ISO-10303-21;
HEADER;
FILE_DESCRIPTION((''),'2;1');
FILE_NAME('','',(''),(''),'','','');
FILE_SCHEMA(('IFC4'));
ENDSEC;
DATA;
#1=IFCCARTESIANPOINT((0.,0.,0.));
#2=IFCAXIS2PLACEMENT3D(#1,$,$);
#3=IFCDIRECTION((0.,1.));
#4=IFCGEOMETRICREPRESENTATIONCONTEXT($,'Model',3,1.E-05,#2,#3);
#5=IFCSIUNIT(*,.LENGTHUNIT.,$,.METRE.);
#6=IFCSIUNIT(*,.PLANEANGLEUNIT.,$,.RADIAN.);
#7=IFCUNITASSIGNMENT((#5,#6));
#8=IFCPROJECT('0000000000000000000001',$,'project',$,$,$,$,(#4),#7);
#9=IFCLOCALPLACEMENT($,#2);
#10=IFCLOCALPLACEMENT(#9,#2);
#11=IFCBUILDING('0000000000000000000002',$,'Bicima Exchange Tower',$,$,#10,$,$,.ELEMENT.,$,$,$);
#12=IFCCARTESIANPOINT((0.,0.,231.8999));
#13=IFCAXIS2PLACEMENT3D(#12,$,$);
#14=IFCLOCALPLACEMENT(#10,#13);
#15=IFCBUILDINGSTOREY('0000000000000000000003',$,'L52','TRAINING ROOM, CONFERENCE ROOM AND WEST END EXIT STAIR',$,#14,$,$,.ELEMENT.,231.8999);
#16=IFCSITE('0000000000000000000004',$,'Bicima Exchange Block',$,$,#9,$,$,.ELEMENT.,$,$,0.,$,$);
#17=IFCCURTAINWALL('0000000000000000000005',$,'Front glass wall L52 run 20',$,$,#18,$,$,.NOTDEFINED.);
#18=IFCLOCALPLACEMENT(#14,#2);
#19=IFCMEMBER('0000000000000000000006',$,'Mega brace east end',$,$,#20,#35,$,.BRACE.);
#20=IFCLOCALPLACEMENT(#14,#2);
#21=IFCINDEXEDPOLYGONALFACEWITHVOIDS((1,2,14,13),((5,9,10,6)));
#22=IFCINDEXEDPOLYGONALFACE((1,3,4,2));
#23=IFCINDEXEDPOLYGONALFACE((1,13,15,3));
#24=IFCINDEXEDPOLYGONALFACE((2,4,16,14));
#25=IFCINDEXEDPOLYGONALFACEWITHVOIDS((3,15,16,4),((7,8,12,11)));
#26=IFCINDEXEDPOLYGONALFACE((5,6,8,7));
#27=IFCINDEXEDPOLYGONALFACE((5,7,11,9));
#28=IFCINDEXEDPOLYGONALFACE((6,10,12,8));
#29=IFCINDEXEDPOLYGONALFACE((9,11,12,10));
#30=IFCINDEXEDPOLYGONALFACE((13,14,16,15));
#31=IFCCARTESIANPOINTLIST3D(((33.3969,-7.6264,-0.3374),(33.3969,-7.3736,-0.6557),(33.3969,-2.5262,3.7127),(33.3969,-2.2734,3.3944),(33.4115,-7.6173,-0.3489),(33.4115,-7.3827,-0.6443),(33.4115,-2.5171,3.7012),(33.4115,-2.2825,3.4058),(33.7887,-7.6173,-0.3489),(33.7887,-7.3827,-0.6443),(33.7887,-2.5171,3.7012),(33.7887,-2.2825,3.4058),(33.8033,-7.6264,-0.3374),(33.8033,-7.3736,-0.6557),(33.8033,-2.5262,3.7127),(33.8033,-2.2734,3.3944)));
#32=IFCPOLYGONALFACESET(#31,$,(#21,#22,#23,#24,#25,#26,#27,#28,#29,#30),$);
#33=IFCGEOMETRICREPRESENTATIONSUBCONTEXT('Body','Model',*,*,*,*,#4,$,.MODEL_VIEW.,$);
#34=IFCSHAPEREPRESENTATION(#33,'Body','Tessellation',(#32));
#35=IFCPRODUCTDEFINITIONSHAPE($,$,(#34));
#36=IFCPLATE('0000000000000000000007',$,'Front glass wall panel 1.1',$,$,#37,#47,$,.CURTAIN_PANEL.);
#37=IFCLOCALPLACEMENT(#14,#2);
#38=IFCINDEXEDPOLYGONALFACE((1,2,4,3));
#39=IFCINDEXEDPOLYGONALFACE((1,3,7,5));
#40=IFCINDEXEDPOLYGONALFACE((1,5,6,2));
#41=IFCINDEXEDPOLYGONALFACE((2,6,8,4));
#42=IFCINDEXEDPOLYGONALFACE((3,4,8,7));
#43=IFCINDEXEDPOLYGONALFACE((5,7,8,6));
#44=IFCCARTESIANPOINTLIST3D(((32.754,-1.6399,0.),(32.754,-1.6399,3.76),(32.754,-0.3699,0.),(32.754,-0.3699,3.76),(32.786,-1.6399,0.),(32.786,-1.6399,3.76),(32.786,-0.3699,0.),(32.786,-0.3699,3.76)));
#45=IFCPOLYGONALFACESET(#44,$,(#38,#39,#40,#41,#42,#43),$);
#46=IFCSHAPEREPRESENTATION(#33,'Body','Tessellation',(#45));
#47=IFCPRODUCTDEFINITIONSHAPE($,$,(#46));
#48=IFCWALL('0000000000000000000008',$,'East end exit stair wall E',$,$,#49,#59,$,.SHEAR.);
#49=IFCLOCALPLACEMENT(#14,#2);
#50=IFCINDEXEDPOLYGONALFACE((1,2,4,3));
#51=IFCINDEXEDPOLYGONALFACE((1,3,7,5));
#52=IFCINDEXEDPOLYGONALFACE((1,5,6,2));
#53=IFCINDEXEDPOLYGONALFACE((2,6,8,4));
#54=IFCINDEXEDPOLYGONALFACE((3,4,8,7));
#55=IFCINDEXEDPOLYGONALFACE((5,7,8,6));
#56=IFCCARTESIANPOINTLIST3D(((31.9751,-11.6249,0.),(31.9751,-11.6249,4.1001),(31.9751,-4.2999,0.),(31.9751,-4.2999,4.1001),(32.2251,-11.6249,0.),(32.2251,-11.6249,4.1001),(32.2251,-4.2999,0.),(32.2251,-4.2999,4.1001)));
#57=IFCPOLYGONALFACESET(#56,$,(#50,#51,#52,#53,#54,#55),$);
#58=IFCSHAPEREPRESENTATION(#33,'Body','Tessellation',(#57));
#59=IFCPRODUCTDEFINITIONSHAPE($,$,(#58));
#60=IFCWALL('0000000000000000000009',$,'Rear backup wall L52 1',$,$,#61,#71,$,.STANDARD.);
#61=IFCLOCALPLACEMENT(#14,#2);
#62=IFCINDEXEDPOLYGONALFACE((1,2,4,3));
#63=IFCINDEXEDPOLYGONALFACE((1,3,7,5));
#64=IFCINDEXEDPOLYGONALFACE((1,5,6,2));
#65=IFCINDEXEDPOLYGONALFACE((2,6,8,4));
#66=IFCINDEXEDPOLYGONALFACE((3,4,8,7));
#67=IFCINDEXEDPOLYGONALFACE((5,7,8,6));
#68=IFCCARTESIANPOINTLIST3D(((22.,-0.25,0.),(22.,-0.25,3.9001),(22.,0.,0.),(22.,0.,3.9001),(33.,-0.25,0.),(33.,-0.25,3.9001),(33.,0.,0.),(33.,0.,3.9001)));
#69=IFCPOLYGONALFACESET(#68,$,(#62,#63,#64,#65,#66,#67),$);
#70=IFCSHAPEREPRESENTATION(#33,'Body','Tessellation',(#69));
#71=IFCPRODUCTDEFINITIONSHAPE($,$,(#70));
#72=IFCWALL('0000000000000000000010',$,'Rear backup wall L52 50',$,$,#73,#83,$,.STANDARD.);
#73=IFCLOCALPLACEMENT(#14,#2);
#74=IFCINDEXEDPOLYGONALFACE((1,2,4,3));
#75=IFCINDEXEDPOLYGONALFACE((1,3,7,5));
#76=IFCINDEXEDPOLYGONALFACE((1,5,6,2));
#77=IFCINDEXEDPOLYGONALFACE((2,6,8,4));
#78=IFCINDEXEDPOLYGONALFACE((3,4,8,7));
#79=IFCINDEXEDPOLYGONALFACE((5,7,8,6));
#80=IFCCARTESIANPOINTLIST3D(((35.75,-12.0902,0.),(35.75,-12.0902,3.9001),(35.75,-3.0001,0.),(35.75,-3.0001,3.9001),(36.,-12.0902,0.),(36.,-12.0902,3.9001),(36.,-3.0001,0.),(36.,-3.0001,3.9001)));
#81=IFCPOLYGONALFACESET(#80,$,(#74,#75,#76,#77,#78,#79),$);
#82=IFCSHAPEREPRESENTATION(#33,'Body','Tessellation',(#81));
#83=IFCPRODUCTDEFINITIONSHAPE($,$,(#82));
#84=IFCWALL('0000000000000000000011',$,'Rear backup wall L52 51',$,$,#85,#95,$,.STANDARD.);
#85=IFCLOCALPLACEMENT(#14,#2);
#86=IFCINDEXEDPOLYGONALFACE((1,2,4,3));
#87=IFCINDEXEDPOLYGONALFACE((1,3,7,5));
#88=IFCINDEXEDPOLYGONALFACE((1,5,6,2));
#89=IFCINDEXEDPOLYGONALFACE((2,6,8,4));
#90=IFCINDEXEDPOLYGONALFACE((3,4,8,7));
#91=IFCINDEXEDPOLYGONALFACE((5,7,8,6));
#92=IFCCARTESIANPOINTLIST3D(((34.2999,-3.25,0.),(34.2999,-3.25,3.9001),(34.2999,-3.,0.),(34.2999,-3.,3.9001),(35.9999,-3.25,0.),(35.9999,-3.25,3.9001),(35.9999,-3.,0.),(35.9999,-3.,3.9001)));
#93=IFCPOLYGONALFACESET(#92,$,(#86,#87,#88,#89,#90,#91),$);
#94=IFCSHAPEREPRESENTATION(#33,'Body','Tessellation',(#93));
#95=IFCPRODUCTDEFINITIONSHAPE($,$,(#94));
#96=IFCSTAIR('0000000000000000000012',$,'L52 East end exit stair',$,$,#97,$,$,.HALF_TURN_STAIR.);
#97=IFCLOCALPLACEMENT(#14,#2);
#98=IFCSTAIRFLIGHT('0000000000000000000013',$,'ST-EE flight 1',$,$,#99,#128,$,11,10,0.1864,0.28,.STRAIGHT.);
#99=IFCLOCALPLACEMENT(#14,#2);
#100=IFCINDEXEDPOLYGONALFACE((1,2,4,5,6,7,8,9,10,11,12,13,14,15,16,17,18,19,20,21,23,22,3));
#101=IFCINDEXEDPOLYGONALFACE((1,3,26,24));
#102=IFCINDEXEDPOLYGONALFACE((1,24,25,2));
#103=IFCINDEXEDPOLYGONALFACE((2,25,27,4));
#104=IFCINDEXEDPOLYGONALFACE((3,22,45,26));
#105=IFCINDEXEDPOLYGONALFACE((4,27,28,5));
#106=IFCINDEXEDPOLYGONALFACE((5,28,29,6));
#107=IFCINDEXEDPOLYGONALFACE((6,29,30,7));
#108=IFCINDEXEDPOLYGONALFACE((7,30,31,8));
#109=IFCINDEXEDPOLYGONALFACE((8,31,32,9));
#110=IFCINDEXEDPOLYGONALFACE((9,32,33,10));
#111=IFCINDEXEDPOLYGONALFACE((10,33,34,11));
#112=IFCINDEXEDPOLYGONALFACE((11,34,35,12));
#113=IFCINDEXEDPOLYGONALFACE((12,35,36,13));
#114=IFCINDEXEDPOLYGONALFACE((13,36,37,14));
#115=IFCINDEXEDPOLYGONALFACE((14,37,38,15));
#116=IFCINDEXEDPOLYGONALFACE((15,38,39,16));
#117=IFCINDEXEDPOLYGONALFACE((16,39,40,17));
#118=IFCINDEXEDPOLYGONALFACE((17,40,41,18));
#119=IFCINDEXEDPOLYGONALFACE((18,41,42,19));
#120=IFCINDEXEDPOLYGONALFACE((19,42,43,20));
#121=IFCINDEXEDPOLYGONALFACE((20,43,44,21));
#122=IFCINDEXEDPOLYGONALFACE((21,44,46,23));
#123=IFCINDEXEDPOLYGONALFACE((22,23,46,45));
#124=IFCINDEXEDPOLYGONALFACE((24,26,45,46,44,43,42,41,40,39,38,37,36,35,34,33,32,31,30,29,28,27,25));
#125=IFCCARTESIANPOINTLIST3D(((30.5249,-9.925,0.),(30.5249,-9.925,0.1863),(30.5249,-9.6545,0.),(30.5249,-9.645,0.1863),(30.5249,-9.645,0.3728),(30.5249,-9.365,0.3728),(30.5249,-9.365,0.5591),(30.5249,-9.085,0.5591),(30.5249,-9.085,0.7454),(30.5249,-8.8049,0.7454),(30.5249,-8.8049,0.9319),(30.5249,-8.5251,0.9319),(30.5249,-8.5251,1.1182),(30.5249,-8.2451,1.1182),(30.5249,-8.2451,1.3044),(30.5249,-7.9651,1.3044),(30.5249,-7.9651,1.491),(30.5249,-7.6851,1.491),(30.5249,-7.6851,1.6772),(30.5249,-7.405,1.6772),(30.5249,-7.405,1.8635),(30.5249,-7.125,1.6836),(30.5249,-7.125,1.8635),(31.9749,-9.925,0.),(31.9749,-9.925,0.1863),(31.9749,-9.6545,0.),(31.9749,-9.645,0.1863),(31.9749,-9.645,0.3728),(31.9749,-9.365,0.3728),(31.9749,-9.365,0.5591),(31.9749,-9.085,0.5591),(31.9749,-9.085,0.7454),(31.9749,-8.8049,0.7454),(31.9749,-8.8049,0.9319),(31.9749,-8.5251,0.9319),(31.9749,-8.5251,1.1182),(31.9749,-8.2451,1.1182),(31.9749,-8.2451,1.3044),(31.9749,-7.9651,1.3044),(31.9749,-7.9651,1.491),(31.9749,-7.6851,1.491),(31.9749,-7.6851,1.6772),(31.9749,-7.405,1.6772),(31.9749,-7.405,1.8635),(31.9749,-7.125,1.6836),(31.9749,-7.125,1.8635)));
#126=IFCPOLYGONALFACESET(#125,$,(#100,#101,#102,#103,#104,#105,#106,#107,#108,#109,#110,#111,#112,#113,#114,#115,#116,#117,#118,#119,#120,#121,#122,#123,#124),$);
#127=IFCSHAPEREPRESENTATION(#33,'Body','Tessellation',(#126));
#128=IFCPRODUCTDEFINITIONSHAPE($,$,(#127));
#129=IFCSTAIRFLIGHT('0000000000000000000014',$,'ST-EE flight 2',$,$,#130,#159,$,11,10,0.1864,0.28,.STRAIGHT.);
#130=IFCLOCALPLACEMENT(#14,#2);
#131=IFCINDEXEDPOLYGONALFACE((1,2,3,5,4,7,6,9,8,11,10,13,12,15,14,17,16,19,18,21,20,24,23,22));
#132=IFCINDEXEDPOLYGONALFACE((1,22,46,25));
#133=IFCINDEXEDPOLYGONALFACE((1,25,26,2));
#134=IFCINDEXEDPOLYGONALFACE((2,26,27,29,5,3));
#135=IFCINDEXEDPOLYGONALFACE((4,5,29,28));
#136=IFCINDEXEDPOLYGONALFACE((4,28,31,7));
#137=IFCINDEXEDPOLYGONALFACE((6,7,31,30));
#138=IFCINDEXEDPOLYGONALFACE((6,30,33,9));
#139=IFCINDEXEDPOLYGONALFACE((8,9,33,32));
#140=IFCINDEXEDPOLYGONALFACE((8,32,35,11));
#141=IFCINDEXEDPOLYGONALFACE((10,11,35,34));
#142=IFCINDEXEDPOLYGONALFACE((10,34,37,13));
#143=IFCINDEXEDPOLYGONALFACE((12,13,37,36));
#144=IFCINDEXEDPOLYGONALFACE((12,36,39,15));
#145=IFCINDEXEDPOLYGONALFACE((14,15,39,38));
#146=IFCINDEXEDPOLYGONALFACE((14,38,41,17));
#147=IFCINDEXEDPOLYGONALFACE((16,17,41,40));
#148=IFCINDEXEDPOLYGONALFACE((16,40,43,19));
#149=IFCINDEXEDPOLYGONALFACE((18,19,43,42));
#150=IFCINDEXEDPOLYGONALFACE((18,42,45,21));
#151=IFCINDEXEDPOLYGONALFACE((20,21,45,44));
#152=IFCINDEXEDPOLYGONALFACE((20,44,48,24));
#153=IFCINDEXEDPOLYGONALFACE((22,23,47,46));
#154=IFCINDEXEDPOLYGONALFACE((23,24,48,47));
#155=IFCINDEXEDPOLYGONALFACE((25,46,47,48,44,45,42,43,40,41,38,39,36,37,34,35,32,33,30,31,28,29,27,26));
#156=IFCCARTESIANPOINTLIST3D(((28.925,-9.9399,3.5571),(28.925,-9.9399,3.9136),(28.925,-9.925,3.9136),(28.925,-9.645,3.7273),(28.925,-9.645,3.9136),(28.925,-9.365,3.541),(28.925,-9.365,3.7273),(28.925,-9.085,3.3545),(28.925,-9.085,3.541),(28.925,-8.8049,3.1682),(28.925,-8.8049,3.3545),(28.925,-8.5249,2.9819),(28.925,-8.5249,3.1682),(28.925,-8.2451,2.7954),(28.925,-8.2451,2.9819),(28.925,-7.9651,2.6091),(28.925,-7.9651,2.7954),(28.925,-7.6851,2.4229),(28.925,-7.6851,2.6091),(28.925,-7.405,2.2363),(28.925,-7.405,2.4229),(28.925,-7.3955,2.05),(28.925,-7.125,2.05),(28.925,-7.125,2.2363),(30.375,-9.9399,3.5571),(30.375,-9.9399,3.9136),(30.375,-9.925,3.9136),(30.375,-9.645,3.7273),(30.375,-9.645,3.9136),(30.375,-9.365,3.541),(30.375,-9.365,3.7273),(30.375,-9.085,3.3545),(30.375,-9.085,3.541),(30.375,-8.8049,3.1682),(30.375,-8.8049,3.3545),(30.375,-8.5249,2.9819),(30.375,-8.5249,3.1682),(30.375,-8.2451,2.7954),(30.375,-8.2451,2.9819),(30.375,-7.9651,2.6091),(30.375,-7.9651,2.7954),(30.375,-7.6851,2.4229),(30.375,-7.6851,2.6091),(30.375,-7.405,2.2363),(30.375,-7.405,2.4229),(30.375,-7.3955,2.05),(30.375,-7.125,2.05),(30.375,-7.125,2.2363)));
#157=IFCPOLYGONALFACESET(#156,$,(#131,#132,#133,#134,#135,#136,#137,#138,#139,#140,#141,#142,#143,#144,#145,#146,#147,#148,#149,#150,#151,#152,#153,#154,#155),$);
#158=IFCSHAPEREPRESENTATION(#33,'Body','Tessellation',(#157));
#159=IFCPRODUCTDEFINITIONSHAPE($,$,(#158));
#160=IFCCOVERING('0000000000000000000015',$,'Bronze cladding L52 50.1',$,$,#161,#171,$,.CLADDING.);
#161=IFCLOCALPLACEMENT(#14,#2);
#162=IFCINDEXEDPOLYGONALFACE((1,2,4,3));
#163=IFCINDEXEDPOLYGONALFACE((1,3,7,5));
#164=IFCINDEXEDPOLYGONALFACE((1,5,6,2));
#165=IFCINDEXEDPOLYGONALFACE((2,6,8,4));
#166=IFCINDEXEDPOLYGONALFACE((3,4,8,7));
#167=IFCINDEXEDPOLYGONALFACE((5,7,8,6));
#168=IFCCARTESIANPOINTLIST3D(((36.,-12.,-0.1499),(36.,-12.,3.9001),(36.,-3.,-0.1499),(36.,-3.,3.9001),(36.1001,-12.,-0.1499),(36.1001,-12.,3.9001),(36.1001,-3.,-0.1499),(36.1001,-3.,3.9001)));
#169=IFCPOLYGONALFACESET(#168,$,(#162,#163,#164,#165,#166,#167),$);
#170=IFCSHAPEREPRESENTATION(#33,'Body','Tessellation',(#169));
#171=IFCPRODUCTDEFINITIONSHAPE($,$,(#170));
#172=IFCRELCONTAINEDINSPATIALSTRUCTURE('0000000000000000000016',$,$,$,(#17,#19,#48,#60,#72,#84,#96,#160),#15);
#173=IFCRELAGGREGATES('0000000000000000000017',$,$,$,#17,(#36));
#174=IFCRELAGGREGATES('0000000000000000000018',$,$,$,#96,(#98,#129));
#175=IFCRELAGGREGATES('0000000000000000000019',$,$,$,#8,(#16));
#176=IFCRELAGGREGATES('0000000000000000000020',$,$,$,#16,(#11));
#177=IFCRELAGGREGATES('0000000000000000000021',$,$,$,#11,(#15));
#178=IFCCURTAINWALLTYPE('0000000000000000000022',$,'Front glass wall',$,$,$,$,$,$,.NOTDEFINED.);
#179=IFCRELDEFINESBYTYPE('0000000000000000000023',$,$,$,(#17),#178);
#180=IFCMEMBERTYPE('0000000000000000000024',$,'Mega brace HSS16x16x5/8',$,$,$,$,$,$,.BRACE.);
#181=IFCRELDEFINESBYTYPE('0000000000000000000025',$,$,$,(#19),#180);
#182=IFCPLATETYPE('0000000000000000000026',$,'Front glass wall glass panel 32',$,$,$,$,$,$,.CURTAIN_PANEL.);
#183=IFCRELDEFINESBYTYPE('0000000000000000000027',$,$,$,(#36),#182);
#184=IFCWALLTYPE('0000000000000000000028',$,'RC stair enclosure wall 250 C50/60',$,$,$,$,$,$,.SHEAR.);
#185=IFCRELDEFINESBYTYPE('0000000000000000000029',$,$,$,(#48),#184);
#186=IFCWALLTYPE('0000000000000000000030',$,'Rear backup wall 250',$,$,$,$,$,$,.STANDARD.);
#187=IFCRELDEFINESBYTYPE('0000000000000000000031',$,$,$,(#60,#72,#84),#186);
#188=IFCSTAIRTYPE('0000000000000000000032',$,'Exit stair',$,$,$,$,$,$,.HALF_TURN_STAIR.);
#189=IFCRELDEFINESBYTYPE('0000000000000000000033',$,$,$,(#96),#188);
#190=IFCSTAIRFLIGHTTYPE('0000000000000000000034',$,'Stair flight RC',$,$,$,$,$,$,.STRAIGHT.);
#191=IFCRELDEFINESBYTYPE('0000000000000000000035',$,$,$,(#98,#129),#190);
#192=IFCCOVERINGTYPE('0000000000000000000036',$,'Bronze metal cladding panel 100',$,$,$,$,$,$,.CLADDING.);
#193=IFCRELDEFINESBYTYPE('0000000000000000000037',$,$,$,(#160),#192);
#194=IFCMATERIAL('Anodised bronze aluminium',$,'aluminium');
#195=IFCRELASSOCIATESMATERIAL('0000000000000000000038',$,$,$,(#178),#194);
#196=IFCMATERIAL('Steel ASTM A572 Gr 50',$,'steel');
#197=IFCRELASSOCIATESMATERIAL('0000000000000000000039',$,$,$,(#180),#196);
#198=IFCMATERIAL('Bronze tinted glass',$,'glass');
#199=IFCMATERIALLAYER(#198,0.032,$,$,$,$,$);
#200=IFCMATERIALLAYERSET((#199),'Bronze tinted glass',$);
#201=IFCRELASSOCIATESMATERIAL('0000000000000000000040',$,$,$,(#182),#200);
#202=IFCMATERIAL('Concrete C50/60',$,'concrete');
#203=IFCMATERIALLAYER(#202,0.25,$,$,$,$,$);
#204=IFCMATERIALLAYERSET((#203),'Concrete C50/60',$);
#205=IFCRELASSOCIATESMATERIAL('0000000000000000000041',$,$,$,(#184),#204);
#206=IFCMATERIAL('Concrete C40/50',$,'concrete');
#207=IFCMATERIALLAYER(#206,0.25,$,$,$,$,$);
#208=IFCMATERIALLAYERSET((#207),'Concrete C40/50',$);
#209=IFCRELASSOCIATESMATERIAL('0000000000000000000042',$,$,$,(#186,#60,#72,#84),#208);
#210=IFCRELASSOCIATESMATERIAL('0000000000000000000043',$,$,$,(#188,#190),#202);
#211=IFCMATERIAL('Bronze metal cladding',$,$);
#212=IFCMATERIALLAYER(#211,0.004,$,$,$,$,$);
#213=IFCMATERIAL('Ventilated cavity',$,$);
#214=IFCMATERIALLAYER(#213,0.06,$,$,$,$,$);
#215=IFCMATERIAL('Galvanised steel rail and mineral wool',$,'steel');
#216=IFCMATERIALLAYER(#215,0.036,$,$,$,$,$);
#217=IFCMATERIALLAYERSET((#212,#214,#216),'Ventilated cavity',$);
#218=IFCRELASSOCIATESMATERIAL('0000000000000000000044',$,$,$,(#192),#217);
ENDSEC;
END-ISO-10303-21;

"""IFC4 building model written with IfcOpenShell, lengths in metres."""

from ifc_helpers import new_model, si_unit, direction, frame, frame_2d, origin, origin_2d, place, context, subcontext, project, spatial, polyline, rectangle, hollow_rectangle, outline, extrude, material, layer, layer_set, layer_usage, material_profile, profile_set, type_object, element, aggregate, save


model = new_model("IFC4")

# Units and contexts
model_context = context("Model", 3, precision=1e-05, world=origin(), true_north=direction((0.0, 1.0)))
body_context = subcontext(model_context, "Body", "Model", "MODEL_VIEW")
ifc_project = project(units=[si_unit("LENGTHUNIT", "METRE"), si_unit("PLANEANGLEUNIT", "RADIAN")], contexts=[model_context])

# Site, building, storey
site_placement = place(None, origin())
site = spatial("IfcSite", under=ifc_project, at=site_placement, Name="Bicima Exchange Block", CompositionType="ELEMENT", RefElevation=0.0)
building_placement = place(site_placement, origin())
building = spatial("IfcBuilding", under=site, at=building_placement, Name="Bicima Exchange Tower", CompositionType="ELEMENT")
storey_placement = place(building_placement, frame((0.0, 0.0, 231.8999)))
storey = spatial("IfcBuildingStorey", under=building, at=storey_placement, Name="L52", Description="TRAINING ROOM, CONFERENCE ROOM AND WEST END EXIT STAIR", CompositionType="ELEMENT", Elevation=231.8999)

# Shared definitions
ifc_material_1 = material(Name="Steel ASTM A572 Gr 50", Category="steel")

# Shared definitions
ifc_material_2 = material(Name="Anodised bronze aluminium", Category="aluminium")

# Curtain wall
curtain_wall_type_1 = type_object("IfcCurtainWallType", Name="Front glass wall", PredefinedType="NOTDEFINED", material=ifc_material_2)
curtain_wall_1_placement = place(storey_placement, origin())
curtain_wall_1 = element("IfcCurtainWall", 1, at=curtain_wall_1_placement, inside=storey, type_object=curtain_wall_type_1, Name="Front glass wall L52 run 20", PredefinedType="NOTDEFINED")

# Member
ifc_material_profile_1 = material_profile(ifc_material_1, hollow_rectangle(XDim=0.4065, YDim=0.4065, WallThickness=0.0146, at=origin_2d()))
ifc_profile_set_1 = profile_set([ifc_material_profile_1], Name="Steel ASTM A572 Gr 50")
member_type_1 = type_object("IfcMemberType", Name="Mega brace HSS16x16x5/8", PredefinedType="BRACE", material=ifc_profile_set_1)
for number, where, z_axis, x_axis, name in (
    (2, (33.6001, -7.5, -0.4966), (0.0, 0.783113, 0.621879), (-1.0, 0.0, 0.0), "Mega brace east end"),
):
    element("IfcMember", number, at=place(storey_placement, frame(where, z_axis=z_axis, x_axis=x_axis)), inside=storey, type_object=member_type_1, Name=name, PredefinedType="BRACE", context=body_context, shape_type="SweptSolid", body=[
        extrude(hollow_rectangle(XDim=0.4065, YDim=0.4065, WallThickness=0.0146, at=origin_2d()), origin(), (0.0, 0.0, 1.0), 6.5127),
    ])

# Plate
ifc_material_3 = material(Name="Bronze tinted glass", Category="glass")
ifc_layer_1 = layer(ifc_material_3, 0.032)
ifc_layer_set_1 = layer_set([ifc_layer_1], Name="Bronze tinted glass")
plate_type = type_object("IfcPlateType", Name="Front glass wall glass panel 32", PredefinedType="CURTAIN_PANEL", material=ifc_layer_set_1)
plate_placement = place(storey_placement, frame((32.77, -1.0049, 0.0), z_axis=(0.0, 0.0, 1.0), x_axis=(0.0, 1.0, 0.0)))
plate = element("IfcPlate", 3, at=plate_placement, type_object=plate_type, Name="Front glass wall panel 1.1", PredefinedType="CURTAIN_PANEL", context=body_context, shape_type="SweptSolid", body=[
    extrude(rectangle(XDim=1.27, YDim=0.032, at=origin_2d()), origin(), (0.0, 0.0, 1.0), 3.76),
])
aggregate(curtain_wall_1, [plate])

# Walls
ifc_material_4 = material(Name="Concrete C50/60", Category="concrete")
ifc_layer_2 = layer(ifc_material_4, 0.25)
ifc_layer_set_2 = layer_set([ifc_layer_2], Name="Concrete C50/60")
wall_type_1 = type_object("IfcWallType", Name="RC stair enclosure wall 250 C50/60", PredefinedType="SHEAR", material=ifc_layer_set_2)
wall_1_placement = place(storey_placement, frame((32.1001, -11.625, 0.0), z_axis=(0.0, 0.0, 1.0), x_axis=(0.0, 1.0, 0.0)))
element("IfcWall", 4, at=wall_1_placement, inside=storey, type_object=wall_type_1, Name="East end exit stair wall E", PredefinedType="SHEAR", context=body_context, shape_type="SweptSolid", body=[
    extrude(rectangle(XDim=7.325, YDim=0.25, at=frame_2d((3.6626, 0.0))), origin(), (0.0, 0.0, 1.0), 4.1001),
])
ifc_material_5 = material(Name="Concrete C40/50", Category="concrete")
ifc_layer_3 = layer(ifc_material_5, 0.25)
ifc_layer_set_3 = layer_set([ifc_layer_3], Name="Concrete C40/50")
ifc_layer_usage = layer_usage(ifc_layer_set_3, "AXIS2", "POSITIVE", -0.125)
wall_type_2 = type_object("IfcWallType", Name="Rear backup wall 250", PredefinedType="STANDARD", material=ifc_layer_set_3)
wall_2_placement = place(storey_placement, frame((33.0, -0.125, 0.0), z_axis=(0.0, 0.0, 1.0), x_axis=(-1.0, 0.0, 0.0)))
element("IfcWall", 5, at=wall_2_placement, inside=storey, type_object=wall_type_2, material=ifc_layer_usage, Name="Rear backup wall L52 1", PredefinedType="STANDARD", context=body_context, shape_type="SweptSolid", body=[
    extrude(rectangle(XDim=11.0, YDim=0.25, at=frame_2d((5.5, 0.0))), origin(), (0.0, 0.0, 1.0), 3.9001),
])
wall_3_placement = place(storey_placement, frame((35.875, -12.0901, 0.0), z_axis=(0.0, 0.0, 1.0), x_axis=(0.0, 1.0, 0.0)))
element("IfcWall", 6, at=wall_3_placement, inside=storey, type_object=wall_type_2, material=ifc_layer_usage, Name="Rear backup wall L52 50", PredefinedType="STANDARD", context=body_context, shape_type="SweptSolid", body=[
    extrude(rectangle(XDim=9.0901, YDim=0.25, at=frame_2d((4.5449, 0.0))), origin(), (0.0, 0.0, 1.0), 3.9001),
])
wall_4_placement = place(storey_placement, frame((36.0, -3.125, 0.0), z_axis=(0.0, 0.0, 1.0), x_axis=(-1.0, 0.0, 0.0)))
element("IfcWall", 7, at=wall_4_placement, inside=storey, type_object=wall_type_2, material=ifc_layer_usage, Name="Rear backup wall L52 51", PredefinedType="STANDARD", context=body_context, shape_type="SweptSolid", body=[
    extrude(rectangle(XDim=1.7, YDim=0.25, at=frame_2d((0.8501, 0.0))), origin(), (0.0, 0.0, 1.0), 3.9001),
])

# Stair, stair flights
stair_type = type_object("IfcStairType", Name="Exit stair", PredefinedType="HALF_TURN_STAIR", material=ifc_material_4)
stair_placement = place(storey_placement, origin())
stair = element("IfcStair", 8, at=stair_placement, inside=storey, type_object=stair_type, Name="L52 East end exit stair", PredefinedType="HALF_TURN_STAIR")
stair_flight_type = type_object("IfcStairFlightType", Name="Stair flight RC", PredefinedType="STRAIGHT", material=ifc_material_4)
stair_flight_1_placement = place(storey_placement, frame((31.25, -9.925, 0.0), z_axis=(0.0, 0.0, 1.0), x_axis=(0.0, 1.0, 0.0)))
stair_flight_1 = element("IfcStairFlight", 9, at=stair_flight_1_placement, type_object=stair_flight_type, Name="ST-EE flight 1", NumberOfRisers=11, NumberOfTreads=10, PredefinedType="STRAIGHT", RiserHeight=0.1864, TreadLength=0.28, context=body_context, shape_type="SweptSolid", body=[
    extrude(outline(polyline([(0.0, 0.0), (0.0, 0.1863), (0.28, 0.1863), (0.28, 0.3728), (0.5601, 0.3728), (0.5601, 0.5591), (0.8401, 0.5591), (0.8401, 0.7454), (1.1201, 0.7454), (1.1201, 0.9319), (1.3999, 0.9319), (1.3999, 1.1182), (1.6799, 1.1182), (1.6799, 1.3044), (1.96, 1.3044), (1.96, 1.491), (2.24, 1.491), (2.24, 1.6772), (2.52, 1.6772), (2.52, 1.8635), (2.8, 1.8635), (2.8, 2.05), (2.8, 1.6836), (0.2705, 0.0), (0.0, 0.0)])), frame((0.0, 0.7251, 0.0), z_axis=(0.0, -1.0, 0.0), x_axis=(1.0, 0.0, 0.0)), (0.0, 0.0, 1.0), 1.45),
])
stair_flight_2_placement = place(storey_placement, frame((29.6499, -7.125, 2.05), z_axis=(0.0, 0.0, 1.0), x_axis=(0.0, -1.0, 0.0)))
stair_flight_2 = element("IfcStairFlight", 10, at=stair_flight_2_placement, type_object=stair_flight_type, Name="ST-EE flight 2", NumberOfRisers=11, NumberOfTreads=10, PredefinedType="STRAIGHT", RiserHeight=0.1864, TreadLength=0.28, context=body_context, shape_type="SweptSolid", body=[
    extrude(outline(polyline([(0.0, 0.0), (0.0, 0.1863), (0.28, 0.1863), (0.28, 0.3728), (0.5601, 0.3728), (0.5601, 0.5591), (0.8401, 0.5591), (0.8401, 0.7454), (1.1201, 0.7454), (1.1201, 0.9319), (1.3999, 0.9319), (1.3999, 1.1182), (1.6799, 1.1182), (1.6799, 1.3044), (1.96, 1.3044), (1.96, 1.491), (2.24, 1.491), (2.24, 1.6772), (2.52, 1.6772), (2.52, 1.8635), (2.8, 1.8635), (2.8149, 1.8635), (2.8149, 1.5071), (0.2705, 0.0), (0.0, 0.0)])), frame((0.0, 0.7251, 0.0), z_axis=(0.0, -1.0, 0.0), x_axis=(1.0, 0.0, 0.0)), (0.0, 0.0, 1.0), 1.45),
])
aggregate(stair, [stair_flight_1, stair_flight_2])

# Covering
ifc_material_6 = material(Name="Bronze metal cladding")
ifc_layer_4 = layer(ifc_material_6, 0.004)
ifc_material_7 = material(Name="Ventilated cavity")
ifc_layer_5 = layer(ifc_material_7, 0.06)
ifc_material_8 = material(Name="Galvanised steel rail and mineral wool", Category="steel")
ifc_layer_6 = layer(ifc_material_8, 0.036)
ifc_layer_set_4 = layer_set([ifc_layer_4, ifc_layer_5, ifc_layer_6], Name="Ventilated cavity")
covering_type = type_object("IfcCoveringType", Name="Bronze metal cladding panel 100", PredefinedType="CLADDING", material=ifc_layer_set_4)
covering_1_placement = place(storey_placement, frame((36.05, -7.5, -0.1499), z_axis=(0.0, 0.0, 1.0), x_axis=(0.0, 1.0, 0.0)))
element("IfcCovering", 11, at=covering_1_placement, inside=storey, type_object=covering_type, Name="Bronze cladding L52 50.1", PredefinedType="CLADDING", context=body_context, shape_type="SweptSolid", body=[
    extrude(rectangle(XDim=9.0, YDim=0.1001, at=origin_2d()), origin(), (0.0, 0.0, 1.0), 4.05),
])

save(model, "model.ifc")
